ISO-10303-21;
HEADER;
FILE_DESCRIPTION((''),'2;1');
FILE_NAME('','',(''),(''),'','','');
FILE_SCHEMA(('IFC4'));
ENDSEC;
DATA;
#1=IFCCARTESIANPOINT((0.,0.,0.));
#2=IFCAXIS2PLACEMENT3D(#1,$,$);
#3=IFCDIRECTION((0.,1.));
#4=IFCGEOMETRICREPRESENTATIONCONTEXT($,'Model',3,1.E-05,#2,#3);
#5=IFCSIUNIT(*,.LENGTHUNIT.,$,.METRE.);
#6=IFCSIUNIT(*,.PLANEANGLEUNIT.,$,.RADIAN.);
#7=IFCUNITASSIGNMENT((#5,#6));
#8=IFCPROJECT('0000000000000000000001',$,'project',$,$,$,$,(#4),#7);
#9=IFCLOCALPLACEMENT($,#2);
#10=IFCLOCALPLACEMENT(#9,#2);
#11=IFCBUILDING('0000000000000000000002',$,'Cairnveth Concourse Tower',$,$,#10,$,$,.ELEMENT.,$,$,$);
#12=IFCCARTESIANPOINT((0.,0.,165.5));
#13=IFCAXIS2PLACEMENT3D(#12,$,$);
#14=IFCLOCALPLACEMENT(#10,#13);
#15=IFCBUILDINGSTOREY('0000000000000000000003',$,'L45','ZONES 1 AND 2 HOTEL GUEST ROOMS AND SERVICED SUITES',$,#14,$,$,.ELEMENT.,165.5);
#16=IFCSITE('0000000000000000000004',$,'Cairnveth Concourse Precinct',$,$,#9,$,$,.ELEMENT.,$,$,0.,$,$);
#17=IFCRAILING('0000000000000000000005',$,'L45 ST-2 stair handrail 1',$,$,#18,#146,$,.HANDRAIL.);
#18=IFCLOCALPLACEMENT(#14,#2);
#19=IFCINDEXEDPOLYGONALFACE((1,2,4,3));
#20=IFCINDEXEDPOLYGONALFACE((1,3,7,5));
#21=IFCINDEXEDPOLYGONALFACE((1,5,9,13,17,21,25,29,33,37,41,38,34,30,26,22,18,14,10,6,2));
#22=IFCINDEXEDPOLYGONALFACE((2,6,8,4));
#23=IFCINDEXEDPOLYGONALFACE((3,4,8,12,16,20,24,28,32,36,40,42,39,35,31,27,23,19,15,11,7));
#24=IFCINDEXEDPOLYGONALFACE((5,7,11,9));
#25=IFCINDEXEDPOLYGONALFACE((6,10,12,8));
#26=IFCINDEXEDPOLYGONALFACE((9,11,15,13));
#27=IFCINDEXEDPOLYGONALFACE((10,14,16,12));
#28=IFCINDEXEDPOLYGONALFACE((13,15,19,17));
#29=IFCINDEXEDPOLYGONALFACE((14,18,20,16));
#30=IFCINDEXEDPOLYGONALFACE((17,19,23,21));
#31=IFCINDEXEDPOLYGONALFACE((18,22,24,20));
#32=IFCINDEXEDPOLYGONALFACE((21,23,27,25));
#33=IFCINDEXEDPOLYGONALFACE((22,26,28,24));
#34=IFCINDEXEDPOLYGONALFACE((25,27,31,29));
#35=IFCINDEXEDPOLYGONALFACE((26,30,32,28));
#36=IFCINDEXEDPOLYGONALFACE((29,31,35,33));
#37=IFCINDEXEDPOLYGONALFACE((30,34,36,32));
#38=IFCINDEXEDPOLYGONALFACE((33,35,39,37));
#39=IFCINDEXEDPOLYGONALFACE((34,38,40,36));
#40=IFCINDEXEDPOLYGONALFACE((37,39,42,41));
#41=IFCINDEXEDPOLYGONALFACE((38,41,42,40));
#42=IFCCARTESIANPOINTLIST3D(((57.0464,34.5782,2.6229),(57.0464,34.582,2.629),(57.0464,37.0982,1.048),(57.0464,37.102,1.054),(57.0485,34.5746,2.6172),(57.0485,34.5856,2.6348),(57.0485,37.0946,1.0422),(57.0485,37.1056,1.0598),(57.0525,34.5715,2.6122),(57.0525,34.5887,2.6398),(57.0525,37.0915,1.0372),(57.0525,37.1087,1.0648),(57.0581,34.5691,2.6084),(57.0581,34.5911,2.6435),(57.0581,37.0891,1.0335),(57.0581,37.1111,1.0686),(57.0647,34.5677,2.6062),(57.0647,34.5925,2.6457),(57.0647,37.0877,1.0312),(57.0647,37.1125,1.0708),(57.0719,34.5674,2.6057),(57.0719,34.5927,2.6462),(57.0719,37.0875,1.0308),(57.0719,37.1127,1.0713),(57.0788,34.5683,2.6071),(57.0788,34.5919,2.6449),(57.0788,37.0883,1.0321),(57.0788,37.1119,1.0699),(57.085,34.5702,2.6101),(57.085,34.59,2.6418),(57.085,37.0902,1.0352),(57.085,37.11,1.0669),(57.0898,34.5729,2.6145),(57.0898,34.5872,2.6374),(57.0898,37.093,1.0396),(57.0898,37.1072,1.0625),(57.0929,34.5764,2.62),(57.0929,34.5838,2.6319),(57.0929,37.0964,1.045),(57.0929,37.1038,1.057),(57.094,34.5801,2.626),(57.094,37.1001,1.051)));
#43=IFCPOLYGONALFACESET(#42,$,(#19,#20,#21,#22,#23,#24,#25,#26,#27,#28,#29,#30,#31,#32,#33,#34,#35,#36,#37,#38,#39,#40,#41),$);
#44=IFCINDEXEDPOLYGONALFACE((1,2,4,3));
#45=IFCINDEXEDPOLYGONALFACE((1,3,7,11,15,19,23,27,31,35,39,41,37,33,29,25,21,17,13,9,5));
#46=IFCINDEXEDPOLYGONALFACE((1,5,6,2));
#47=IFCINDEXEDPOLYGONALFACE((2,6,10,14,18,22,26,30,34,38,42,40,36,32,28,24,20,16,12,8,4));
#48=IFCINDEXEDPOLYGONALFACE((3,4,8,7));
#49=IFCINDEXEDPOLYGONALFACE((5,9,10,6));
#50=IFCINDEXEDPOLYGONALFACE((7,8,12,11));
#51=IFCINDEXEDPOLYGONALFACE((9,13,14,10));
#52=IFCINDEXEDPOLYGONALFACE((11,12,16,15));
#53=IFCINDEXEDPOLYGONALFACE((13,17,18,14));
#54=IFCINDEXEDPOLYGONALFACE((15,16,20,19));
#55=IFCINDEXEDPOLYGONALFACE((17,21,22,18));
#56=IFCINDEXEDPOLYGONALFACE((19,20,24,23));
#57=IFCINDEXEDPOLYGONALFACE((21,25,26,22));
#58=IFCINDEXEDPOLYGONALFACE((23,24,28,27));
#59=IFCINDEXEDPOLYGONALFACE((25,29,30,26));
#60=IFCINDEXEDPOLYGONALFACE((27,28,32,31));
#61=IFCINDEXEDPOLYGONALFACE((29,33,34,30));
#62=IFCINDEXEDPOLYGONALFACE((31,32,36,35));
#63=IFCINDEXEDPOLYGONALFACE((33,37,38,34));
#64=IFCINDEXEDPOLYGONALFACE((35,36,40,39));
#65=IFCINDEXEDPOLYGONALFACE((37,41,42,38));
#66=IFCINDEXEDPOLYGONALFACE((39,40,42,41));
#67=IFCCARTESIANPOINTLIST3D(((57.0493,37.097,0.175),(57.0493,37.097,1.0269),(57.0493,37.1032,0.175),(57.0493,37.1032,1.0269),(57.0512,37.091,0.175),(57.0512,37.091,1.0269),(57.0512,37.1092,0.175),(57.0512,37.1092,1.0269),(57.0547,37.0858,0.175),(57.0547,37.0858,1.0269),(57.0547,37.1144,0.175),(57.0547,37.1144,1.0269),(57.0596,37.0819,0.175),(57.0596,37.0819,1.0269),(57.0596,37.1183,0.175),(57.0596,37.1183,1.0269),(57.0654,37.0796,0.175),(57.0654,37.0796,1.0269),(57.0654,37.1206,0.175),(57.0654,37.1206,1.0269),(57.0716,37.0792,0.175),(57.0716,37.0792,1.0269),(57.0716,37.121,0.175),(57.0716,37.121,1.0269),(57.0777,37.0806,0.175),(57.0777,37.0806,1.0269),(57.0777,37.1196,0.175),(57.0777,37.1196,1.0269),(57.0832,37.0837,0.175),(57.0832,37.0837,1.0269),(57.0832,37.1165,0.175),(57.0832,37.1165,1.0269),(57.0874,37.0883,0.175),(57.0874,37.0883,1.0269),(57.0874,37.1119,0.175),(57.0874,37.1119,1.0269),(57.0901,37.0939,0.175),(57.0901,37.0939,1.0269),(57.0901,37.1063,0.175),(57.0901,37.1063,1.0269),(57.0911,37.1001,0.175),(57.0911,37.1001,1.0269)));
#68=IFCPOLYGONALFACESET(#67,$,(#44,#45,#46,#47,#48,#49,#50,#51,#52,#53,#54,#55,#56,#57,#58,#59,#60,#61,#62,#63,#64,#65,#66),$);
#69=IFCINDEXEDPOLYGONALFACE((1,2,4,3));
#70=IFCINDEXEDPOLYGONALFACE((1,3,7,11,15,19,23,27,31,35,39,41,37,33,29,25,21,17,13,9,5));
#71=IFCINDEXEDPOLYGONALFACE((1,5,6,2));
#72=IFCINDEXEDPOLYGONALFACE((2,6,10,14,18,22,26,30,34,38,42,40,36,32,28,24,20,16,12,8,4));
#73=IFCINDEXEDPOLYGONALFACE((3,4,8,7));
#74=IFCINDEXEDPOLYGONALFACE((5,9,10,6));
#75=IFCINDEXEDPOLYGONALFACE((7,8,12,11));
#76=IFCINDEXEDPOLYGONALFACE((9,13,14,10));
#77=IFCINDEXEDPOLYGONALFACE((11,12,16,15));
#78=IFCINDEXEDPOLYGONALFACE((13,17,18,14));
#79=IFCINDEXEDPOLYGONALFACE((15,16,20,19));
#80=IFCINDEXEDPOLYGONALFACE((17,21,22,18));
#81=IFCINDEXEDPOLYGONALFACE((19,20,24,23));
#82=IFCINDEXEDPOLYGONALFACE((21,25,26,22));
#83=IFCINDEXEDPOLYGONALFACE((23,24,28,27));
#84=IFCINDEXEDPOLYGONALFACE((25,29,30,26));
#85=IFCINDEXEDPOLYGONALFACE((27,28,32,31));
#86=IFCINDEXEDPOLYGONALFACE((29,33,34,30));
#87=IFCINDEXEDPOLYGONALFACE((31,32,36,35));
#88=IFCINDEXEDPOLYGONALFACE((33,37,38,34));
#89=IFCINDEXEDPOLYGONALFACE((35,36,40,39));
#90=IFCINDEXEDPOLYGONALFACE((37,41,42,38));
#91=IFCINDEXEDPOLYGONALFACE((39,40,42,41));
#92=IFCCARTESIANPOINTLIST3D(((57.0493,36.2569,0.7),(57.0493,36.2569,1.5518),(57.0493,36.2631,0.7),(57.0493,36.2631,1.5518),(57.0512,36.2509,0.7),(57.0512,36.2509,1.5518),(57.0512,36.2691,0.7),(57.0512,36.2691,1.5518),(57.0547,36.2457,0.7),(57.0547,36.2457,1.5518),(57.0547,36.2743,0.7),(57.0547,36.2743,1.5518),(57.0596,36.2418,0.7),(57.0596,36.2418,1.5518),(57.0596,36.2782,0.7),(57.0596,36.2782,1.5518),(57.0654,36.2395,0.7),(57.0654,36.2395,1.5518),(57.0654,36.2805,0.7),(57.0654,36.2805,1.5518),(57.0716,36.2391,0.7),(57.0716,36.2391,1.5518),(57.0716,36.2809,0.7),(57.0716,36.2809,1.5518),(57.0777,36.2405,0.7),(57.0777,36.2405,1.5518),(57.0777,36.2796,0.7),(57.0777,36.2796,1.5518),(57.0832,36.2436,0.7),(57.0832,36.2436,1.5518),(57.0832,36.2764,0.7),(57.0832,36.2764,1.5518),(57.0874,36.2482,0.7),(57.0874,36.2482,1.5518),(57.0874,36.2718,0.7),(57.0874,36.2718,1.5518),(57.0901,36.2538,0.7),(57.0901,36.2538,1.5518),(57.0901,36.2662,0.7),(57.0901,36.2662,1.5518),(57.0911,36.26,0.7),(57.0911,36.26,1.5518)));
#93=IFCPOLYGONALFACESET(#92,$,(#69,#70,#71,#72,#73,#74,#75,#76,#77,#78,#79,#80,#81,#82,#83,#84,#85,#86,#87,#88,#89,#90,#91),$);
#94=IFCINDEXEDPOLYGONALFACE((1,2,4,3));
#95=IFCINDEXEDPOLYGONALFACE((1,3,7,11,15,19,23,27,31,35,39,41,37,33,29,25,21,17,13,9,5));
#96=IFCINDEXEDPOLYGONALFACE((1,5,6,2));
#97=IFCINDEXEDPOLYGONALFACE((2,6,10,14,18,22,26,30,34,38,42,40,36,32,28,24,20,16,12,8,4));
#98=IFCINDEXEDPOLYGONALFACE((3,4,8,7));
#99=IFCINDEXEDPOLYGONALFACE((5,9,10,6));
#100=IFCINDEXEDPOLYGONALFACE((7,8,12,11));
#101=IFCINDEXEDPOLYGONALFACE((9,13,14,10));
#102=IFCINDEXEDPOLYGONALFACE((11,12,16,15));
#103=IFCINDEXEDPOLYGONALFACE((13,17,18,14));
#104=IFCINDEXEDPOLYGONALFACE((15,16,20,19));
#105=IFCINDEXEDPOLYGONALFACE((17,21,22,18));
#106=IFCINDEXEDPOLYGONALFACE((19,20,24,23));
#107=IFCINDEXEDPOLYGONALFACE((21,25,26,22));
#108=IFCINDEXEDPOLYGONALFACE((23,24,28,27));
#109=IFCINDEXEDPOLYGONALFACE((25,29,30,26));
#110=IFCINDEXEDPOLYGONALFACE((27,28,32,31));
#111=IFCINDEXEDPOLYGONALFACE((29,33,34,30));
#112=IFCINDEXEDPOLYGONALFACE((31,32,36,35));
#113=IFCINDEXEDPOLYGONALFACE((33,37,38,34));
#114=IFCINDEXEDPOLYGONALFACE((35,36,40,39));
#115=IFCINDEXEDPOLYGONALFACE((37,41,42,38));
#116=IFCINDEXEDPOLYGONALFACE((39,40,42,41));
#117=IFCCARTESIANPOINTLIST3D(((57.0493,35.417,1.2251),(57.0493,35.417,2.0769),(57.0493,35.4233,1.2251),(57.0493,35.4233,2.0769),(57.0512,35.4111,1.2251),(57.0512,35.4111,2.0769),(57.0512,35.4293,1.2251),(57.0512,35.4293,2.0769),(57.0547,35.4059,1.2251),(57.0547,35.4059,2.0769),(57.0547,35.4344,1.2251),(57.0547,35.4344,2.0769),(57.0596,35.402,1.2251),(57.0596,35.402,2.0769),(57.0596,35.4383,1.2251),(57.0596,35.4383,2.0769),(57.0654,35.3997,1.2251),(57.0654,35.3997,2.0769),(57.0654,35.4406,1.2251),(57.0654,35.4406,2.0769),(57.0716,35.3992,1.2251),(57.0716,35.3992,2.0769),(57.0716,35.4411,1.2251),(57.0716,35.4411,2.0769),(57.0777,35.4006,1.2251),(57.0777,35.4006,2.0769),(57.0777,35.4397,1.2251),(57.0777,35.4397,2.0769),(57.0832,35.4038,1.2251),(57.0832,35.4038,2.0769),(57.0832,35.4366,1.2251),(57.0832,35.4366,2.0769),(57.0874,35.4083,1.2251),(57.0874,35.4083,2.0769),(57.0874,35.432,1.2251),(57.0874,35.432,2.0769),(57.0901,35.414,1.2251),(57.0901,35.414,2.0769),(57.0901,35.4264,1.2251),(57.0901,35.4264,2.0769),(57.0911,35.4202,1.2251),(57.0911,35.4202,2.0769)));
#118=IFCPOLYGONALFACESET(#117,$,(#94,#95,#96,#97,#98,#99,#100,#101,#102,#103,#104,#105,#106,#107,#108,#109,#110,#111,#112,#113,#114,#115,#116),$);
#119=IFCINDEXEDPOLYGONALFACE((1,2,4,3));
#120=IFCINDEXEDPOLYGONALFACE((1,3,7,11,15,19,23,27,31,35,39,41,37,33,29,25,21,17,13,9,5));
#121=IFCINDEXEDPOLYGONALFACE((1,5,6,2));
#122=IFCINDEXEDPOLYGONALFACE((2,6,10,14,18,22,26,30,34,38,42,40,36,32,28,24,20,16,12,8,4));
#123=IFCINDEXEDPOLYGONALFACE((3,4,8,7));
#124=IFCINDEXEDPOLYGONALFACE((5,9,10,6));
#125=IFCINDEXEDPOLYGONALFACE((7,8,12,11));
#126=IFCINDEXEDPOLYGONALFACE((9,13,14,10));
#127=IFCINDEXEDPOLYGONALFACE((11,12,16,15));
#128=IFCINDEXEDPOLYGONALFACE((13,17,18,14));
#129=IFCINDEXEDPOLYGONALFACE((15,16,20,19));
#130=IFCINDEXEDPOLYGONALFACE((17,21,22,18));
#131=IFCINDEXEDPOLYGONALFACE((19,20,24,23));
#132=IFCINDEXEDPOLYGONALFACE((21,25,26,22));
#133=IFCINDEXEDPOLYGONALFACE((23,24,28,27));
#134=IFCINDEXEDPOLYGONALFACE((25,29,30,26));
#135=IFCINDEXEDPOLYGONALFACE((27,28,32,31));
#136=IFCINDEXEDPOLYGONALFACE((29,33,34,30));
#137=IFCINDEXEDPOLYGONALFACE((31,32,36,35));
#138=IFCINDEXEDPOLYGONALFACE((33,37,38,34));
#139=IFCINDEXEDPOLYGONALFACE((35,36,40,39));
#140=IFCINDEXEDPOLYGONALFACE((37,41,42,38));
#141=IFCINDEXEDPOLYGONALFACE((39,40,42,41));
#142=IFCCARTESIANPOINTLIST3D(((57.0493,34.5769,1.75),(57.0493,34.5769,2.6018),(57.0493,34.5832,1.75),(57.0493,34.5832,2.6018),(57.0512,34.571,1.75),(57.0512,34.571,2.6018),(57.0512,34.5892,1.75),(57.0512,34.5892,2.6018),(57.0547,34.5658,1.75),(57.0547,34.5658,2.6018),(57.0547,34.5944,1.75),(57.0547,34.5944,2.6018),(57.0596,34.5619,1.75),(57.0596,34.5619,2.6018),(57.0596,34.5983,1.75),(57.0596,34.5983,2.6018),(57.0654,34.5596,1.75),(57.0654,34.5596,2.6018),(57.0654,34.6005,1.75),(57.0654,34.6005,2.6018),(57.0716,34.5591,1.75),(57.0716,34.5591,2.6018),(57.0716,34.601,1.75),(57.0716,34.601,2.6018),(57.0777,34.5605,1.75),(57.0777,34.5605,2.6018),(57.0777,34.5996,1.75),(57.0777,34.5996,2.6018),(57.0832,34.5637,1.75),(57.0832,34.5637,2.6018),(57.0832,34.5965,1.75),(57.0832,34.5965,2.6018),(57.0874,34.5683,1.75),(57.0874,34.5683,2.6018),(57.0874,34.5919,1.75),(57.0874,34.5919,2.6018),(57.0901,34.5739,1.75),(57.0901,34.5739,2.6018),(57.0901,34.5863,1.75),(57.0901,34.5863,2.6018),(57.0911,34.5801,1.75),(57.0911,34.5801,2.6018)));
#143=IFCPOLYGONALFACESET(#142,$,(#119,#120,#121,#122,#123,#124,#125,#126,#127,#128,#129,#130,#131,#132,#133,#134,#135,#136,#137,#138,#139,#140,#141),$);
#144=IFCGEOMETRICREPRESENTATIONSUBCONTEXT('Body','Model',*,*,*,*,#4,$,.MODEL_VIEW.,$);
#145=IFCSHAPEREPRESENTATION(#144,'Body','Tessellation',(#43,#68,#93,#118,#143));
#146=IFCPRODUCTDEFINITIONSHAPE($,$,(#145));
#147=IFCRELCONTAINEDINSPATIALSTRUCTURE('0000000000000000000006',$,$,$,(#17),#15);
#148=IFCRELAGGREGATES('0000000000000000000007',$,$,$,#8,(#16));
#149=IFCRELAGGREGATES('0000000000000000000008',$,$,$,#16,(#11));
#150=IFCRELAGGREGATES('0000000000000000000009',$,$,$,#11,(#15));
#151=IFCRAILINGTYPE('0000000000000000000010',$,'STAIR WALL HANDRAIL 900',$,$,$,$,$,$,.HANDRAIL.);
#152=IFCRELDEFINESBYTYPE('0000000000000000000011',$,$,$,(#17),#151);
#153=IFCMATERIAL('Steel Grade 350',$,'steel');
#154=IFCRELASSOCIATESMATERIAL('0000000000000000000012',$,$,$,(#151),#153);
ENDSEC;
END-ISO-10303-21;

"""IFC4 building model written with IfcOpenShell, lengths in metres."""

from ifc_helpers import new_model, si_unit, direction, frame, origin, origin_2d, place, context, subcontext, project, spatial, circle, extrude, material, type_object, element, save


model = new_model("IFC4")

# Units and contexts
model_context = context("Model", 3, precision=1e-05, world=origin(), true_north=direction((0.0, 1.0)))
body_context = subcontext(model_context, "Body", "Model", "MODEL_VIEW")
ifc_project = project(units=[si_unit("LENGTHUNIT", "METRE"), si_unit("PLANEANGLEUNIT", "RADIAN")], contexts=[model_context])

# Site, building, storey
site_placement = place(None, origin())
site = spatial("IfcSite", under=ifc_project, at=site_placement, Name="Cairnveth Concourse Precinct", CompositionType="ELEMENT", RefElevation=0.0)
building_placement = place(site_placement, origin())
building = spatial("IfcBuilding", under=site, at=building_placement, Name="Cairnveth Concourse Tower", CompositionType="ELEMENT")
storey_placement = place(building_placement, frame((0.0, 0.0, 165.5)))
storey = spatial("IfcBuildingStorey", under=building, at=storey_placement, Name="L45", Description="ZONES 1 AND 2 HOTEL GUEST ROOMS AND SERVICED SUITES", CompositionType="ELEMENT", Elevation=165.5)

# Shared definitions
ifc_material_1 = material(Name="Steel Grade 350", Category="steel")

# Railing
railing_type = type_object("IfcRailingType", Name="STAIR WALL HANDRAIL 900", PredefinedType="HANDRAIL", material=ifc_material_1)
railing_placement = place(storey_placement, frame((57.0701, 37.1001, 0.175)))
element("IfcRailing", 1, at=railing_placement, inside=storey, type_object=railing_type, Name="L45 ST-2 stair handrail 1", PredefinedType="HANDRAIL", context=body_context, shape_type="SweptSolid", body=[
    extrude(circle(Radius=0.0239, at=origin_2d()), frame((0.0, 0.0, 0.876), z_axis=(0.0, -0.848008, 0.529984), x_axis=(1.0, 0.0, 0.0)), (0.0, 0.0, 1.0), 2.9717),
    extrude(circle(Radius=0.021, at=origin_2d()), origin(), (0.0, 0.0, 1.0), 0.8518),
    extrude(circle(Radius=0.021, at=origin_2d()), frame((0.0, -0.8401, 0.5249)), (0.0, 0.0, 1.0), 0.8518),
    extrude(circle(Radius=0.021, at=origin_2d()), frame((0.0, -1.6799, 1.05)), (0.0, 0.0, 1.0), 0.8518),
    extrude(circle(Radius=0.021, at=origin_2d()), frame((0.0, -2.52, 1.575)), (0.0, 0.0, 1.0), 0.8518),
])

save(model, "model.ifc")
